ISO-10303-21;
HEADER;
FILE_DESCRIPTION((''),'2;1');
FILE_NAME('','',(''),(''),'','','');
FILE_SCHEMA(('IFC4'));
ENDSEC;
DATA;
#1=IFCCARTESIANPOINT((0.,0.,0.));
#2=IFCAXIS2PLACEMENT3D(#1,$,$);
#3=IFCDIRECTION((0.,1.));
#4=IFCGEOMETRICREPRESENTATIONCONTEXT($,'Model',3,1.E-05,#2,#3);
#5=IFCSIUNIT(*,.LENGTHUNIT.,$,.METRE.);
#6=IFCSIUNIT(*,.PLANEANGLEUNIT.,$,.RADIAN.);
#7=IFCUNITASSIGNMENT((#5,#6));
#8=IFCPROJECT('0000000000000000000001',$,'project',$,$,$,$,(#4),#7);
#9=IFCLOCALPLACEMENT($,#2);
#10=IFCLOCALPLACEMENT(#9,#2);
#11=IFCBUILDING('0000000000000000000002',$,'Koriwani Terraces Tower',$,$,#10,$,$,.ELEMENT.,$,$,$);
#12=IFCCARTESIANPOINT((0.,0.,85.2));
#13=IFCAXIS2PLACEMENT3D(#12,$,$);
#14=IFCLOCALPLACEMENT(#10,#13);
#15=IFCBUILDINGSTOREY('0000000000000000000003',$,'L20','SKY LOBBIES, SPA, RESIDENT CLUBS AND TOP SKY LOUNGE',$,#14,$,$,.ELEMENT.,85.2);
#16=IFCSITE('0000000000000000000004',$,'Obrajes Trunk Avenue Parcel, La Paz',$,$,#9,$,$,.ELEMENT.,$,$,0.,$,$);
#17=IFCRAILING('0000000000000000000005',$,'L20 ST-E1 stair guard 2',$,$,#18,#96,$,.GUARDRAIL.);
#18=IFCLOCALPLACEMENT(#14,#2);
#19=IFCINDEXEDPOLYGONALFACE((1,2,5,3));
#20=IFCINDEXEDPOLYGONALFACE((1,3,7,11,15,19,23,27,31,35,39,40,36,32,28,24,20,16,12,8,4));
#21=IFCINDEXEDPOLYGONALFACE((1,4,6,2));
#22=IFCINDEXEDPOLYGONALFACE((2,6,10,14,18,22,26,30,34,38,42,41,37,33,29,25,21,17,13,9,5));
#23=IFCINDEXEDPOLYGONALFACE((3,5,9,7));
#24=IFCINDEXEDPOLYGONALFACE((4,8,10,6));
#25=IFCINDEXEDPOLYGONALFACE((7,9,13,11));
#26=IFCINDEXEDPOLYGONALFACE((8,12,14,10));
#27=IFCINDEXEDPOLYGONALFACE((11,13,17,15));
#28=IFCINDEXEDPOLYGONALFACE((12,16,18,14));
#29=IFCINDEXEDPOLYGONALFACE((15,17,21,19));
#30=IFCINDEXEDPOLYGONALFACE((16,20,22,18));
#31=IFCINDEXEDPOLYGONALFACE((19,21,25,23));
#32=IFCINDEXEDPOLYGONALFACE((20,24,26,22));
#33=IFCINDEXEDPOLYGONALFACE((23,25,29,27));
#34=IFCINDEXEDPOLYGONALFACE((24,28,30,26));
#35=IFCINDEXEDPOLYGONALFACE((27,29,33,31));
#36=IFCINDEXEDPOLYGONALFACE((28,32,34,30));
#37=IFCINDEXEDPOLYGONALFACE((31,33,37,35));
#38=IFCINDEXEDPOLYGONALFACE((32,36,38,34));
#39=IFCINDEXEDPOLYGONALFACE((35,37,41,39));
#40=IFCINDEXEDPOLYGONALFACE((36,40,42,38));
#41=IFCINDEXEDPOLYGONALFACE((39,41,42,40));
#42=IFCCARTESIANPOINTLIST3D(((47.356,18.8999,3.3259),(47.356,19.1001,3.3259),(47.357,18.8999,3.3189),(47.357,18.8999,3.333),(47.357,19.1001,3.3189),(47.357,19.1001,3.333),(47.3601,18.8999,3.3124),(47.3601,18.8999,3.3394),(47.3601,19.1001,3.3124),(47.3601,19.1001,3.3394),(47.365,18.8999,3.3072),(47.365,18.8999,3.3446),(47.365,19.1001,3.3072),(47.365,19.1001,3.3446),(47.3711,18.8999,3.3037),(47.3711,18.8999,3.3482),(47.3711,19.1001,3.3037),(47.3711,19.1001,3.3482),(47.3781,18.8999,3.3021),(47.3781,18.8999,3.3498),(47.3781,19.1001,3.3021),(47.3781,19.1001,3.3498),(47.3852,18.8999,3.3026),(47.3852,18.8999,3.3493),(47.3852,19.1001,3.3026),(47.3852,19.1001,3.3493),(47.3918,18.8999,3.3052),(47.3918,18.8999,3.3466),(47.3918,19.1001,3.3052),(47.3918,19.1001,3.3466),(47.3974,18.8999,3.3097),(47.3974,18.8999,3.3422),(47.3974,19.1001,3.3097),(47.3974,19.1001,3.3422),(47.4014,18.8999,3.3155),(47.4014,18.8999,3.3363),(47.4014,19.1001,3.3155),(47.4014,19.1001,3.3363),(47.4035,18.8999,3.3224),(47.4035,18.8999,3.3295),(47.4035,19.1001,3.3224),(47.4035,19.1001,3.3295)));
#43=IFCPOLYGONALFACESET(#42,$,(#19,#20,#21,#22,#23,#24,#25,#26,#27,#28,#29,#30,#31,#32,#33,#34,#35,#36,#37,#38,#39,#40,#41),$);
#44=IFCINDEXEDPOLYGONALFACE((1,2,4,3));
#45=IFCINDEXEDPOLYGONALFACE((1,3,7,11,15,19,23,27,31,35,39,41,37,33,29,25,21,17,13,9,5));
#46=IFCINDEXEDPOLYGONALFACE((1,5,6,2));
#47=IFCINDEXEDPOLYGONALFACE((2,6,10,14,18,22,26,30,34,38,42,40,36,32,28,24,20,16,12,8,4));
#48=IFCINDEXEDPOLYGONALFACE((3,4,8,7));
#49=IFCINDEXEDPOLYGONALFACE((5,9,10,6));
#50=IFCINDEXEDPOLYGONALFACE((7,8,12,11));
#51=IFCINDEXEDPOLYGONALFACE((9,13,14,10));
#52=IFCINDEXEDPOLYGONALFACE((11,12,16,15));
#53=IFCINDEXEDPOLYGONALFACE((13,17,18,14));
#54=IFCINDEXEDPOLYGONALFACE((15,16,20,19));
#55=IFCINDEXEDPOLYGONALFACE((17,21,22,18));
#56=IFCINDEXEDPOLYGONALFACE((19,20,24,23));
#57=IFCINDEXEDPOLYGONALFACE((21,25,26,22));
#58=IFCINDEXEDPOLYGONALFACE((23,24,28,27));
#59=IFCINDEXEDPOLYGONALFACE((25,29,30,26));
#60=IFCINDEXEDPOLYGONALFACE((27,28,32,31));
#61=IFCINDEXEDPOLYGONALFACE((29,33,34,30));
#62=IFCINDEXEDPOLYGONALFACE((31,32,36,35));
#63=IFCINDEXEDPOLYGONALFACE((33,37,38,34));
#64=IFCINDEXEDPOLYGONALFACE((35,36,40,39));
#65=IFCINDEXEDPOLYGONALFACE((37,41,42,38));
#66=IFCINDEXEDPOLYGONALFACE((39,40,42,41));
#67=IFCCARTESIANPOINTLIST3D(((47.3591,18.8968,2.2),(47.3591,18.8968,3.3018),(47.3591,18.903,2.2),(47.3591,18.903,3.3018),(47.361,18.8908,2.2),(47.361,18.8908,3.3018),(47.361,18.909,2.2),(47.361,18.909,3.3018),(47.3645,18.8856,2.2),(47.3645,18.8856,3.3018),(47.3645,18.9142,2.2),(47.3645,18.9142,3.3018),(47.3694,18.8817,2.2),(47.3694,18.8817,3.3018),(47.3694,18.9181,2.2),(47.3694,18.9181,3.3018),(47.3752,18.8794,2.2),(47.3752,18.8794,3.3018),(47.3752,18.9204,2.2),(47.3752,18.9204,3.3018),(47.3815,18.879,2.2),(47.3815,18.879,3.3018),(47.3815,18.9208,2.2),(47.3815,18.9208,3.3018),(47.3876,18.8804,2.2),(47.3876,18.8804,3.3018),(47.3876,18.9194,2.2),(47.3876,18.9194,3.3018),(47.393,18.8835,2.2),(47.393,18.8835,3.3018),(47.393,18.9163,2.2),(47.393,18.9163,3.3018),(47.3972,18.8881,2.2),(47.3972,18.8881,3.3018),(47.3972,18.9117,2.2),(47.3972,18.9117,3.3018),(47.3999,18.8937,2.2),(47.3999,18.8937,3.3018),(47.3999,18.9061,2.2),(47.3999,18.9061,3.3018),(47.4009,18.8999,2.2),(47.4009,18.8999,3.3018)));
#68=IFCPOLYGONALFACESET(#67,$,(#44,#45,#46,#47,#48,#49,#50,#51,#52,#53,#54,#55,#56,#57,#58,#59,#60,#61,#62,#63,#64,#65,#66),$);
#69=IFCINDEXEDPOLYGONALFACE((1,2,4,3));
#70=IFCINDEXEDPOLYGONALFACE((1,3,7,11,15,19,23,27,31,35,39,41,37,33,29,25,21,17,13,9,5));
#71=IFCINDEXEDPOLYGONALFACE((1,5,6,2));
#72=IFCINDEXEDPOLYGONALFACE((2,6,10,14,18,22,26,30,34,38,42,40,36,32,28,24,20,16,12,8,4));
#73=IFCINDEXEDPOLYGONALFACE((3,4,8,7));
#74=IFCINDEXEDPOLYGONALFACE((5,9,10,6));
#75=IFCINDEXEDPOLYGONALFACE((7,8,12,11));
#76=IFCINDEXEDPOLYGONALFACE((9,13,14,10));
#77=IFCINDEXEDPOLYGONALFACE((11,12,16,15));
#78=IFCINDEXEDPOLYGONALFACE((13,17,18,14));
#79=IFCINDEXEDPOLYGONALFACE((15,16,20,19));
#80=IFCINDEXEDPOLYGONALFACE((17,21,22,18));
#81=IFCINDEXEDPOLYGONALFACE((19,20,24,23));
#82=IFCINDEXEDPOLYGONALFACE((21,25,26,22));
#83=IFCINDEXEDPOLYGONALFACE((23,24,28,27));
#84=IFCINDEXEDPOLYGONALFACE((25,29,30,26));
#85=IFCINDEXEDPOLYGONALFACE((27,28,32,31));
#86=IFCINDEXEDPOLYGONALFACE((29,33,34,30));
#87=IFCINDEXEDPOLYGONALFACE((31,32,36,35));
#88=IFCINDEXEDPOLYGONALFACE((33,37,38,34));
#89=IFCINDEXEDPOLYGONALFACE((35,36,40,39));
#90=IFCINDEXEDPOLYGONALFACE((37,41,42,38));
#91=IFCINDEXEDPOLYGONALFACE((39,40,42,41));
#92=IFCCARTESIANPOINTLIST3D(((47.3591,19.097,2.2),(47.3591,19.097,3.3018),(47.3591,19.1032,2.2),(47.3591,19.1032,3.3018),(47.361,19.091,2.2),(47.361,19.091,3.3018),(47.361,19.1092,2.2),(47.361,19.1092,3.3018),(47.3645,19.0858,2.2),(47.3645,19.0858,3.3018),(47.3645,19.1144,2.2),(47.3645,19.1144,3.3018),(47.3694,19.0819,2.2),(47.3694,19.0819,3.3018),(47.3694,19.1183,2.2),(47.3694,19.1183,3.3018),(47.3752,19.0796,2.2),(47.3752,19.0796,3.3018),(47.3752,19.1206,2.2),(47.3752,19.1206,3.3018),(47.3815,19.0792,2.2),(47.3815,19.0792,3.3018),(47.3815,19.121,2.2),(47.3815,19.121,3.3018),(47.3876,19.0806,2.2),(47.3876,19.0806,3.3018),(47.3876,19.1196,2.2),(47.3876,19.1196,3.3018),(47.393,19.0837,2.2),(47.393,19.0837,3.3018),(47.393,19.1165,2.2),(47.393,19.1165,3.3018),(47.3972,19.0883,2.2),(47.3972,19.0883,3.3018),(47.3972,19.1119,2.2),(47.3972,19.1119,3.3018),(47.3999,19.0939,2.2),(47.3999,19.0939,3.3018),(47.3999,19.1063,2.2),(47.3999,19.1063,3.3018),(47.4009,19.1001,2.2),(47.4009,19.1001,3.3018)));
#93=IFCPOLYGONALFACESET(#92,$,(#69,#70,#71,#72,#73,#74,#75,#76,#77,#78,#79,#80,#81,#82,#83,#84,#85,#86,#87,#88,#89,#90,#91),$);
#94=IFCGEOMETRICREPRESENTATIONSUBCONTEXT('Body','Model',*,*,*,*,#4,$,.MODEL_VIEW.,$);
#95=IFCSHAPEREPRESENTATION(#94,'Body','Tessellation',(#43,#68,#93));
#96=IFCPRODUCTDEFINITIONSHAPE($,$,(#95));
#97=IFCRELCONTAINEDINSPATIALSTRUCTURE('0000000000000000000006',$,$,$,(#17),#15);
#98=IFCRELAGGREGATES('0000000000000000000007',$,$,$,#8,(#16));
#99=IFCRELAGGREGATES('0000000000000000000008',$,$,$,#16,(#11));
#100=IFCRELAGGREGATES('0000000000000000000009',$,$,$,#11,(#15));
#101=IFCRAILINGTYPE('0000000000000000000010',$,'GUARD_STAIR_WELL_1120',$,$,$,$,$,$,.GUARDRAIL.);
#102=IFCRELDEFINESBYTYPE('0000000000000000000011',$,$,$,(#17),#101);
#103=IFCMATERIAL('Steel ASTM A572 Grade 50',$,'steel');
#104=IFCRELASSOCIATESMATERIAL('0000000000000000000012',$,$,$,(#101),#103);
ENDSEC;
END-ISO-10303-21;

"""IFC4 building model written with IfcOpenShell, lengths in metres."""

from ifc_helpers import new_model, si_unit, direction, frame, origin, origin_2d, place, context, subcontext, project, spatial, circle, extrude, material, type_object, element, save


model = new_model("IFC4")

# Units and contexts
model_context = context("Model", 3, precision=1e-05, world=origin(), true_north=direction((0.0, 1.0)))
body_context = subcontext(model_context, "Body", "Model", "MODEL_VIEW")
ifc_project = project(units=[si_unit("LENGTHUNIT", "METRE"), si_unit("PLANEANGLEUNIT", "RADIAN")], contexts=[model_context])

# Site, building, storey
site_placement = place(None, origin())
site = spatial("IfcSite", under=ifc_project, at=site_placement, Name="Obrajes Trunk Avenue Parcel, La Paz", CompositionType="ELEMENT", RefElevation=0.0)
building_placement = place(site_placement, origin())
building = spatial("IfcBuilding", under=site, at=building_placement, Name="Koriwani Terraces Tower", CompositionType="ELEMENT")
storey_placement = place(building_placement, frame((0.0, 0.0, 85.2)))
storey = spatial("IfcBuildingStorey", under=building, at=storey_placement, Name="L20", Description="SKY LOBBIES, SPA, RESIDENT CLUBS AND TOP SKY LOUNGE", CompositionType="ELEMENT", Elevation=85.2)

# Shared definitions
ifc_material_1 = material(Name="Steel ASTM A572 Grade 50", Category="steel")

# Railing
railing_type_1 = type_object("IfcRailingType", Name="GUARD_STAIR_WELL_1120", PredefinedType="GUARDRAIL", material=ifc_material_1)
railing_1_placement = place(storey_placement, frame((47.3799, 18.8999, 2.2)))
element("IfcRailing", 1, at=railing_1_placement, inside=storey, type_object=railing_type_1, Name="L20 ST-E1 stair guard 2", PredefinedType="GUARDRAIL", context=body_context, shape_type="SweptSolid", body=[
    extrude(circle(Radius=0.0239, at=origin_2d()), frame((0.0, 0.0, 1.126), z_axis=(0.0, 1.0, 0.0), x_axis=(-1.0, 0.0, 0.0)), (0.0, 0.0, 1.0), 0.2002),
    extrude(circle(Radius=0.021, at=origin_2d()), origin(), (0.0, 0.0, 1.0), 1.1018),
    extrude(circle(Radius=0.021, at=origin_2d()), frame((0.0, 0.2002, 0.0)), (0.0, 0.0, 1.0), 1.1018),
])

save(model, "model.ifc")
